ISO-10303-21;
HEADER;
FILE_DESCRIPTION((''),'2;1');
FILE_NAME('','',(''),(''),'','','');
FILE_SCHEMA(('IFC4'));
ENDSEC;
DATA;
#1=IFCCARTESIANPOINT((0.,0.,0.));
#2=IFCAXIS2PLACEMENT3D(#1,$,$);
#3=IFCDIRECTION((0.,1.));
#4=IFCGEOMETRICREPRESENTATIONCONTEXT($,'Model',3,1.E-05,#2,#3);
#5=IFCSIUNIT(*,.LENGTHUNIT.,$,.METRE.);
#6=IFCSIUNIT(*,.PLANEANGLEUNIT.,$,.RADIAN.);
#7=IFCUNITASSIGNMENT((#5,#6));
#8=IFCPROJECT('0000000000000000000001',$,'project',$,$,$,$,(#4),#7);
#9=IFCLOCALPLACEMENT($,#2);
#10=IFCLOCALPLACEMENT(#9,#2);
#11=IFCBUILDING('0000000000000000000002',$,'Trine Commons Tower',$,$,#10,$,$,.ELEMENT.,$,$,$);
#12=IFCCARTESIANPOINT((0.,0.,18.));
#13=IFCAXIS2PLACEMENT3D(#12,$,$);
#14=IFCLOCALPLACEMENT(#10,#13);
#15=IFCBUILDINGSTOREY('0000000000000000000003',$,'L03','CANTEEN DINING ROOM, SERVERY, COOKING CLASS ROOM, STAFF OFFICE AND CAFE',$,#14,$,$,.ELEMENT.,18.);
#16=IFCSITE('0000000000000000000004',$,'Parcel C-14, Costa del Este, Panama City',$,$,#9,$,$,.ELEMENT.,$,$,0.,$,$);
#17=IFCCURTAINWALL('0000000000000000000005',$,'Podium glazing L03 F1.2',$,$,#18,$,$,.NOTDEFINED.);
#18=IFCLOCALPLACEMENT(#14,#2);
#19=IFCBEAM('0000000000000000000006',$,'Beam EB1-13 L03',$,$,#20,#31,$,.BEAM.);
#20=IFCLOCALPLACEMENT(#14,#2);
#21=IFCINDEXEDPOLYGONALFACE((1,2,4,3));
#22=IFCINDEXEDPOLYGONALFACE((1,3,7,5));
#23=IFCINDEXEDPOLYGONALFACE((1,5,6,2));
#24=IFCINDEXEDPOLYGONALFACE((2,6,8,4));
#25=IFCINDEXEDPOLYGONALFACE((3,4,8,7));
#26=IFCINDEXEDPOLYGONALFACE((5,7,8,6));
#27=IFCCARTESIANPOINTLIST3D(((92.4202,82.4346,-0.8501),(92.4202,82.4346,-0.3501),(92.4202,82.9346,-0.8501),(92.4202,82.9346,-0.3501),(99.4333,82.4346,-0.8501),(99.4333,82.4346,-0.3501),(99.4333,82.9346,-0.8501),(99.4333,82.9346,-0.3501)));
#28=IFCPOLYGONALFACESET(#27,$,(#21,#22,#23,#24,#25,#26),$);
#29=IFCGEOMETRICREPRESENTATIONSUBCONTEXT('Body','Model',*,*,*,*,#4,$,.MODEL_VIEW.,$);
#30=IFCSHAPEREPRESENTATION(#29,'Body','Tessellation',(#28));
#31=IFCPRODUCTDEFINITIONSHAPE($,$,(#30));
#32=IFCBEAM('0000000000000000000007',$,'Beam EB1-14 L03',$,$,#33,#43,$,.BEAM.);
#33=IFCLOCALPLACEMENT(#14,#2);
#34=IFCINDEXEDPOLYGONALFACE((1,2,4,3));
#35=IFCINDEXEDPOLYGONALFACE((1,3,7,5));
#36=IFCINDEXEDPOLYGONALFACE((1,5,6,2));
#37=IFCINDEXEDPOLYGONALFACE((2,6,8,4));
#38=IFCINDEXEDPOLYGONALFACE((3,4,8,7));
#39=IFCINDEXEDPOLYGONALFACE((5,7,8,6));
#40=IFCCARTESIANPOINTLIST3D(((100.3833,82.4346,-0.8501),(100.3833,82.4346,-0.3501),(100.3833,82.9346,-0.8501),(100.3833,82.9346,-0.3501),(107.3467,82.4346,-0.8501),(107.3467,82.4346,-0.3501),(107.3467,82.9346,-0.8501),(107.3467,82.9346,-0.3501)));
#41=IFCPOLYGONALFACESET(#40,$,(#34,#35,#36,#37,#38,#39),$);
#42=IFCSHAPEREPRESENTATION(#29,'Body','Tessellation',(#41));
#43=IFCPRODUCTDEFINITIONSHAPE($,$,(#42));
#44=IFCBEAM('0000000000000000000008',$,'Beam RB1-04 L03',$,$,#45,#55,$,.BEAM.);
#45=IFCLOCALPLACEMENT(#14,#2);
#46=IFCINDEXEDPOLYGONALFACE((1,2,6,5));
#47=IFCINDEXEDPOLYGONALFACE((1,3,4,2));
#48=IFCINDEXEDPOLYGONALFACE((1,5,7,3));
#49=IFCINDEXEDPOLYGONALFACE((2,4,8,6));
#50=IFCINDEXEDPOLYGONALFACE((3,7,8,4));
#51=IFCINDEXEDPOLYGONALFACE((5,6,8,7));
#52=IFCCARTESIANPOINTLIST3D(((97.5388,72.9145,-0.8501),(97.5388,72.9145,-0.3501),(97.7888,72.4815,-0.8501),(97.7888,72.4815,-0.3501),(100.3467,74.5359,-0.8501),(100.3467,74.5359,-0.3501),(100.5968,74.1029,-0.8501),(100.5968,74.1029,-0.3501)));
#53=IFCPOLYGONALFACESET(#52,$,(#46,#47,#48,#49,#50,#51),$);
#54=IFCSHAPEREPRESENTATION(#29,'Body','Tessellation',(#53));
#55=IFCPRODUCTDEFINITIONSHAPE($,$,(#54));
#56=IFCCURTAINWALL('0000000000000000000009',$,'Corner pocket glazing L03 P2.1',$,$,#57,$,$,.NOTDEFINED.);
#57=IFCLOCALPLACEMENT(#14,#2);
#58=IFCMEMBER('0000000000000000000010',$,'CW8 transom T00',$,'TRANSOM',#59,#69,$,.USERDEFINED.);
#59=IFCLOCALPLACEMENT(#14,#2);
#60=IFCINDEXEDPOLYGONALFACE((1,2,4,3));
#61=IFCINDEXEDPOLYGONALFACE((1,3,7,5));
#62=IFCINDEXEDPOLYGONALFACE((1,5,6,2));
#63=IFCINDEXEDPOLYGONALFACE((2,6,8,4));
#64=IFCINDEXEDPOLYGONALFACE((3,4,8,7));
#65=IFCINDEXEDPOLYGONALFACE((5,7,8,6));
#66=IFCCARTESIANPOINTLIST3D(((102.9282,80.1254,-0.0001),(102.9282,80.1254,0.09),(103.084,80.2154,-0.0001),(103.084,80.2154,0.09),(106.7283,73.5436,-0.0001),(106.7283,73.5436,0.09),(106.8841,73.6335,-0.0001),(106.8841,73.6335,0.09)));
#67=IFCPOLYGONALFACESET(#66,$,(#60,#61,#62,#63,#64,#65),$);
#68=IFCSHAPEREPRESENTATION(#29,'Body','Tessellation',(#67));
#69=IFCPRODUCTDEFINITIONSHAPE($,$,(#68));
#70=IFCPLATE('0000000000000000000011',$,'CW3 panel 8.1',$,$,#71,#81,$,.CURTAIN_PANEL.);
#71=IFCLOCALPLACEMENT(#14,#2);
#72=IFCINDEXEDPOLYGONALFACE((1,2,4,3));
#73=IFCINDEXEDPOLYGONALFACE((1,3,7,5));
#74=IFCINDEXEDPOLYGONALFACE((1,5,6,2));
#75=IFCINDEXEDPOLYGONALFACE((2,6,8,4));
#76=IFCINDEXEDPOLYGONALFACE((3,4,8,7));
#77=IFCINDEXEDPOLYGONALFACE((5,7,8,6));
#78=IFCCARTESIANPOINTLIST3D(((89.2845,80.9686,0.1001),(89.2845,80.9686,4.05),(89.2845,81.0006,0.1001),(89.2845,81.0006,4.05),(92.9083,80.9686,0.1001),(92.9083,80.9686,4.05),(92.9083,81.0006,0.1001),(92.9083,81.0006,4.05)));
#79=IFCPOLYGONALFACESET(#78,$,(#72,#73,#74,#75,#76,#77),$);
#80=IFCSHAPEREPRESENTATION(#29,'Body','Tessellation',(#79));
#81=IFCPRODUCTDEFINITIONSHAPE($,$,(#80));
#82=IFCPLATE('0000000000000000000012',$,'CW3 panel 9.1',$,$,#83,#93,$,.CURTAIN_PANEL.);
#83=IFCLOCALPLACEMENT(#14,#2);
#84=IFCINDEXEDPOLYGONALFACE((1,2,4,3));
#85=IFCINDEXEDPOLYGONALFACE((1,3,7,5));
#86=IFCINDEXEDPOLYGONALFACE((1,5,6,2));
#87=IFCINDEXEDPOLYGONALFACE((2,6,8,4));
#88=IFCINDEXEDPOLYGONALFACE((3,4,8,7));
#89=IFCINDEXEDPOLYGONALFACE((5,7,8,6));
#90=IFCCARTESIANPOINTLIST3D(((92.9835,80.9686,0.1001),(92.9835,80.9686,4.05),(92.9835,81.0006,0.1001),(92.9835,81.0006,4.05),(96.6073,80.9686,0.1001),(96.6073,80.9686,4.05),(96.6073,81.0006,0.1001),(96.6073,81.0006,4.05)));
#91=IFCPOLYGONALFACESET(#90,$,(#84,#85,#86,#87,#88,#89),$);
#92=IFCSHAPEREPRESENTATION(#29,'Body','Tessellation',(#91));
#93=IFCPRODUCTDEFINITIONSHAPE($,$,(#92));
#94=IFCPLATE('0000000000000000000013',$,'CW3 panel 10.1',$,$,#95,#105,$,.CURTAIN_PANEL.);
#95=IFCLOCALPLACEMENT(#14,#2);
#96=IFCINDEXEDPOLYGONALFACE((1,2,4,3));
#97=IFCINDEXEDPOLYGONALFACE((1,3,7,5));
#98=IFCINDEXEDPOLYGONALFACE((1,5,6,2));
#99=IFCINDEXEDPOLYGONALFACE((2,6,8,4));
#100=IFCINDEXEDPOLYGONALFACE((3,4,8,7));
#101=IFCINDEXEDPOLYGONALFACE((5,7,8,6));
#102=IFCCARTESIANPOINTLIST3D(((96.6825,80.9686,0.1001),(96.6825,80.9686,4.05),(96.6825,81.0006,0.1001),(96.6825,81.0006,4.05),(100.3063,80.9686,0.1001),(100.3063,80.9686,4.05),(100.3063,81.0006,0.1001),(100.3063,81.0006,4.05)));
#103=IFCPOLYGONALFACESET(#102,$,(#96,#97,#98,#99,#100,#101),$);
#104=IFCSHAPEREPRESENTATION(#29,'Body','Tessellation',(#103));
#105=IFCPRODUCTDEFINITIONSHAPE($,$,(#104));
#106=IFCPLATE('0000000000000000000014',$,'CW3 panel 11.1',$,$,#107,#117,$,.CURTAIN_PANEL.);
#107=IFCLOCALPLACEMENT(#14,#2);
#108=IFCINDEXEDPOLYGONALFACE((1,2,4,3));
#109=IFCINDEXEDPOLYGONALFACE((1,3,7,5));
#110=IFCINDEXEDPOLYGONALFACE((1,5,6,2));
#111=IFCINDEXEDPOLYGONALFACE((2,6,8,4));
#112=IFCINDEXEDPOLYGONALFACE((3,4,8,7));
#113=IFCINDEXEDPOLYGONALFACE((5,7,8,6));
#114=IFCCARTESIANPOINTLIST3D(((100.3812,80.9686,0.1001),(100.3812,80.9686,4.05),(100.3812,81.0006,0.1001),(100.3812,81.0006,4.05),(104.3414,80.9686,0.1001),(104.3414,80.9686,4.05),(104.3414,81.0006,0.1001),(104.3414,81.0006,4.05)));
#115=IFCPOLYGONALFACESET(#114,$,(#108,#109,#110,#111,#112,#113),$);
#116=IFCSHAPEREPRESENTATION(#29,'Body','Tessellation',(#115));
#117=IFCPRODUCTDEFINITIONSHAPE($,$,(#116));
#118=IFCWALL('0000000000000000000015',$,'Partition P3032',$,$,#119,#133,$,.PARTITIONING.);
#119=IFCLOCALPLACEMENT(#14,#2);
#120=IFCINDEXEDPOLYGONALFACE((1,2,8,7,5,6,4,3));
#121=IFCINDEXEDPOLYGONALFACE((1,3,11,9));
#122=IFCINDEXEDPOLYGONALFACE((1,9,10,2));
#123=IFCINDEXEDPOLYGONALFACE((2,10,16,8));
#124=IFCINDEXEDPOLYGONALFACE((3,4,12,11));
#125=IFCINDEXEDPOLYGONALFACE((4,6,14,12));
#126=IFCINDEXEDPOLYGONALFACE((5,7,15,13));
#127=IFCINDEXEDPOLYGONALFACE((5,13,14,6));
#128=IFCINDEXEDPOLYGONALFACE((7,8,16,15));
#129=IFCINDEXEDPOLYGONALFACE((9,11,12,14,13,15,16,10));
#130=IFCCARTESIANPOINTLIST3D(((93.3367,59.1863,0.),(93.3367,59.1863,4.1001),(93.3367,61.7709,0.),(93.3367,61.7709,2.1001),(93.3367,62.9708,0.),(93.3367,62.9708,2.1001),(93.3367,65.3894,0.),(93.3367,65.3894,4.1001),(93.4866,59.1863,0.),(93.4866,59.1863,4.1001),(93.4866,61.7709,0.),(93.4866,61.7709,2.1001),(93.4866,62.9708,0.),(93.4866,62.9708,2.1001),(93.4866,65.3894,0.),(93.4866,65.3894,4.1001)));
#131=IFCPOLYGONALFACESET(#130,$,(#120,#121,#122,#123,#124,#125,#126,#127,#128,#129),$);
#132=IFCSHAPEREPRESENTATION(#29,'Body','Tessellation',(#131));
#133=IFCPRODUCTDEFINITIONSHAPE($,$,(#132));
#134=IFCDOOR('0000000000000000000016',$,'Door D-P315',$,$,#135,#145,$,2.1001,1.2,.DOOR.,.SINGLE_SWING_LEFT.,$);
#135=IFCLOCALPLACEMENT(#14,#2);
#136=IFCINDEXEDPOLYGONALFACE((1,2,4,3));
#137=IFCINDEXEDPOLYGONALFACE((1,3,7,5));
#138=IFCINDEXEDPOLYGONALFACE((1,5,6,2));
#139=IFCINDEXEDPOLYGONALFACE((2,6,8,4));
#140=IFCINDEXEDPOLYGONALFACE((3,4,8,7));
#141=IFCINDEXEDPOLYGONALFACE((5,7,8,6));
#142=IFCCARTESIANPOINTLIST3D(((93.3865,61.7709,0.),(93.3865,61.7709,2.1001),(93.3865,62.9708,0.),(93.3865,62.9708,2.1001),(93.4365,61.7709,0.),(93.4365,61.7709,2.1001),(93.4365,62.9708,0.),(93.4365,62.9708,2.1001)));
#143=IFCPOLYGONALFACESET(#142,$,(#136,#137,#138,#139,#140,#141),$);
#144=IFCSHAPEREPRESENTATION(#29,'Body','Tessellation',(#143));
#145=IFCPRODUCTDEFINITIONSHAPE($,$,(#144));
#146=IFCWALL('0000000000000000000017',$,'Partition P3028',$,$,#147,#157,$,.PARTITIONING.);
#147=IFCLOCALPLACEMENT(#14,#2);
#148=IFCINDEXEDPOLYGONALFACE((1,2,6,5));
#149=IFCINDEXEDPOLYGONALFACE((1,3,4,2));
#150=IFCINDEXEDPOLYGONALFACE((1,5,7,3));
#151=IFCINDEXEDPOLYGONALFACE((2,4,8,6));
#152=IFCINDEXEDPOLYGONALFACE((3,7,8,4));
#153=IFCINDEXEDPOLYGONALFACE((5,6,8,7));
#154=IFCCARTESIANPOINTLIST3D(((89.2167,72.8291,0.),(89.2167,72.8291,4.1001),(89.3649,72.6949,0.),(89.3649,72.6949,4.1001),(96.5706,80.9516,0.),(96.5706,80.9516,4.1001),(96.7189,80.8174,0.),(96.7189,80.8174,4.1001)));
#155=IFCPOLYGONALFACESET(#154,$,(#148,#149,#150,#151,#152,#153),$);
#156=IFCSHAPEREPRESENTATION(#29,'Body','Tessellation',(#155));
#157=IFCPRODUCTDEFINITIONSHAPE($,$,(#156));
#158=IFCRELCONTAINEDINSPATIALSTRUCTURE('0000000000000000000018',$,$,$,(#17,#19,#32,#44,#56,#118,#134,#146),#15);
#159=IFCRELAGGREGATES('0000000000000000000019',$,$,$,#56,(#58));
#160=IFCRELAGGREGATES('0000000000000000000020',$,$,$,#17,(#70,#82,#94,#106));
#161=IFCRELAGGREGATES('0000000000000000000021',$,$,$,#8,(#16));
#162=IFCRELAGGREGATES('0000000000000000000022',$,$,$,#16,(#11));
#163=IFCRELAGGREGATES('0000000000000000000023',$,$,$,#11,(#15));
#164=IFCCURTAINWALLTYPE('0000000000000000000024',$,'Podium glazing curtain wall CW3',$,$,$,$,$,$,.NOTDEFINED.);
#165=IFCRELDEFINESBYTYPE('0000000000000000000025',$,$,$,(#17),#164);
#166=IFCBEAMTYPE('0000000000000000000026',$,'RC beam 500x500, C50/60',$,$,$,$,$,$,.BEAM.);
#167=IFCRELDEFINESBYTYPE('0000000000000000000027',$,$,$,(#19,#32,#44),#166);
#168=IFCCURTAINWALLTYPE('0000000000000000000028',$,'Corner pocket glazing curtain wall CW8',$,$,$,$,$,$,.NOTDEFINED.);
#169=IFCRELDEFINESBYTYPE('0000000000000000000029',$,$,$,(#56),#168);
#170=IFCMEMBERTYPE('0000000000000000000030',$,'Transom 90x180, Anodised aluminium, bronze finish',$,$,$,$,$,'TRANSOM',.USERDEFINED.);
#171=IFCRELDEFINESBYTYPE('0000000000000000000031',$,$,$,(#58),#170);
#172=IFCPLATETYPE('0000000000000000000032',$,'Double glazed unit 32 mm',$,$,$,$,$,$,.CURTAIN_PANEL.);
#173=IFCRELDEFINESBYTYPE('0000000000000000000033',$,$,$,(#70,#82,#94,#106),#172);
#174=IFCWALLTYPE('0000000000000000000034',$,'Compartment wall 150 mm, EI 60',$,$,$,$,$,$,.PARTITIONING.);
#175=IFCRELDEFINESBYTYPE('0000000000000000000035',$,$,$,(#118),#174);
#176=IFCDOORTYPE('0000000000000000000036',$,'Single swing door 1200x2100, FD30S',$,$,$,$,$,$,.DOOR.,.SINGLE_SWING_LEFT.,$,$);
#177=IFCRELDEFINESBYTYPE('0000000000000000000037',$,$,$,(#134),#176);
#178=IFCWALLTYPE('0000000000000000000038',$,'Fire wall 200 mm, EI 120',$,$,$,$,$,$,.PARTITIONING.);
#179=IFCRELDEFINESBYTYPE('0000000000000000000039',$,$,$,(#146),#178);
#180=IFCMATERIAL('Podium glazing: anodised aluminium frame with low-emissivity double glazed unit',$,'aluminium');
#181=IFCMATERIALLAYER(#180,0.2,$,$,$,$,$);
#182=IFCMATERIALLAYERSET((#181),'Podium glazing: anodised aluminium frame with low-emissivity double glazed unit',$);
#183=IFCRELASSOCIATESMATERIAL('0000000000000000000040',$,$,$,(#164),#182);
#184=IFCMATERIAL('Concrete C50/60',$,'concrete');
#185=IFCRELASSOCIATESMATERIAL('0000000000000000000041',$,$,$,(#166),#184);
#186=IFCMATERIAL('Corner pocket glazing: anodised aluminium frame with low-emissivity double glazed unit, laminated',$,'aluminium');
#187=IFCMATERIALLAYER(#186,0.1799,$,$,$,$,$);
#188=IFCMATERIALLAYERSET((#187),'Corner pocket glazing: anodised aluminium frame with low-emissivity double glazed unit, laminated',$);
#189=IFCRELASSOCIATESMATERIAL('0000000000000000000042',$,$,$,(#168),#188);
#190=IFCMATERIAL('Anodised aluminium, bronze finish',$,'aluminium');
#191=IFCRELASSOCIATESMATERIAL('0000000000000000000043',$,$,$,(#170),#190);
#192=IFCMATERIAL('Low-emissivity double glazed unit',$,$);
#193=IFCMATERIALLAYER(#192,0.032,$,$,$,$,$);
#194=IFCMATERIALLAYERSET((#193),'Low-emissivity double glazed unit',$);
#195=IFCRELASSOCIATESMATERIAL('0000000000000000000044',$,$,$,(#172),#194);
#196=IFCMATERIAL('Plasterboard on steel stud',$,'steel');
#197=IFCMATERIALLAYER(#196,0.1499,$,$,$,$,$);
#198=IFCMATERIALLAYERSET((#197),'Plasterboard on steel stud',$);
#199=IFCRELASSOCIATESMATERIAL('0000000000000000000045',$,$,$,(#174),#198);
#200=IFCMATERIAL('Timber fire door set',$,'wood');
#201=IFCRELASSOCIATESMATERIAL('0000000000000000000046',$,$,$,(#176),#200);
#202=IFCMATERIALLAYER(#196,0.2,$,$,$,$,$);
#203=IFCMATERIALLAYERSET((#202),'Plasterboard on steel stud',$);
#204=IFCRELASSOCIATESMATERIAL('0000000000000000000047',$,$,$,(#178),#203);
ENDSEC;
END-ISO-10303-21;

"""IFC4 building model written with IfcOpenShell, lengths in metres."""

from ifc_helpers import new_model, si_unit, direction, frame, frame_2d, origin, origin_2d, place, context, subcontext, project, spatial, rectangle, extrude, material, layer, layer_set, material_profile, profile_set, type_object, element, fill, aggregate, save


model = new_model("IFC4")

# Units and contexts
model_context = context("Model", 3, precision=1e-05, world=origin(), true_north=direction((0.0, 1.0)))
body_context = subcontext(model_context, "Body", "Model", "MODEL_VIEW")
ifc_project = project(units=[si_unit("LENGTHUNIT", "METRE"), si_unit("PLANEANGLEUNIT", "RADIAN")], contexts=[model_context])

# Site, building, storey
site_placement = place(None, origin())
site = spatial("IfcSite", under=ifc_project, at=site_placement, Name="Parcel C-14, Costa del Este, Panama City", CompositionType="ELEMENT", RefElevation=0.0)
building_placement = place(site_placement, origin())
building = spatial("IfcBuilding", under=site, at=building_placement, Name="Trine Commons Tower", CompositionType="ELEMENT")
storey_placement = place(building_placement, frame((0.0, 0.0, 18.0)))
storey = spatial("IfcBuildingStorey", under=building, at=storey_placement, Name="L03", Description="CANTEEN DINING ROOM, SERVERY, COOKING CLASS ROOM, STAFF OFFICE AND CAFE", CompositionType="ELEMENT", Elevation=18.0)

# Curtain wall
ifc_material_1 = material(Name="Podium glazing: anodised aluminium frame with low-emissivity double glazed unit", Category="aluminium")
ifc_layer_1 = layer(ifc_material_1, 0.2)
ifc_layer_set_1 = layer_set([ifc_layer_1], Name="Podium glazing: anodised aluminium frame with low-emissivity double glazed unit")
curtain_wall_type_1 = type_object("IfcCurtainWallType", Name="Podium glazing curtain wall CW3", PredefinedType="NOTDEFINED", material=ifc_layer_set_1)
curtain_wall_1_placement = place(storey_placement, origin())
curtain_wall_1 = element("IfcCurtainWall", 1, at=curtain_wall_1_placement, inside=storey, type_object=curtain_wall_type_1, Name="Podium glazing L03 F1.2", PredefinedType="NOTDEFINED")
ifc_material_2 = material(Name="Anodised aluminium, bronze finish", Category="aluminium")

# Beams
ifc_material_3 = material(Name="Concrete C50/60", Category="concrete")
ifc_material_profile_1 = material_profile(ifc_material_3, rectangle(XDim=0.5, YDim=0.5, at=origin_2d()), Name="RC 500x500")
ifc_profile_set_1 = profile_set([ifc_material_profile_1], Name="Concrete C50/60")
beam_type = type_object("IfcBeamType", Name="RC beam 500x500, C50/60", PredefinedType="BEAM", material=ifc_profile_set_1)
beam_1_placement = place(storey_placement, frame((92.4202, 82.6846, -0.6001), z_axis=(1.0, 0.0, 0.0), x_axis=(0.0, 1.0, 0.0)))
element("IfcBeam", 2, at=beam_1_placement, inside=storey, type_object=beam_type, Name="Beam EB1-13 L03", PredefinedType="BEAM", context=body_context, shape_type="SweptSolid", body=[
    extrude(rectangle(XDim=0.5, YDim=0.5, at=origin_2d()), origin(), (0.0, 0.0, 1.0), 7.0132),
])
beam_2_placement = place(storey_placement, frame((100.3833, 82.6846, -0.6001), z_axis=(1.0, 0.0, 0.0), x_axis=(0.0, 1.0, 0.0)))
element("IfcBeam", 3, at=beam_2_placement, inside=storey, type_object=beam_type, Name="Beam EB1-14 L03", PredefinedType="BEAM", context=body_context, shape_type="SweptSolid", body=[
    extrude(rectangle(XDim=0.5, YDim=0.5, at=origin_2d()), origin(), (0.0, 0.0, 1.0), 6.9634),
])
beam_3_placement = place(storey_placement, frame((97.6638, 72.698, -0.6001), z_axis=(0.865996, 0.500051, 0.0), x_axis=(-0.500051, 0.865996, 0.0)))
element("IfcBeam", 4, at=beam_3_placement, inside=storey, type_object=beam_type, Name="Beam RB1-04 L03", PredefinedType="BEAM", context=body_context, shape_type="SweptSolid", body=[
    extrude(rectangle(XDim=0.5, YDim=0.5, at=origin_2d()), origin(), (0.0, 0.0, 1.0), 3.2424),
])

# Curtain wall, member
ifc_material_4 = material(Name="Corner pocket glazing: anodised aluminium frame with low-emissivity double glazed unit, laminated", Category="aluminium")
ifc_layer_2 = layer(ifc_material_4, 0.1799)
ifc_layer_set_2 = layer_set([ifc_layer_2], Name="Corner pocket glazing: anodised aluminium frame with low-emissivity double glazed unit, laminated")
curtain_wall_type_2 = type_object("IfcCurtainWallType", Name="Corner pocket glazing curtain wall CW8", PredefinedType="NOTDEFINED", material=ifc_layer_set_2)
curtain_wall_2_placement = place(storey_placement, origin())
curtain_wall_2 = element("IfcCurtainWall", 5, at=curtain_wall_2_placement, inside=storey, type_object=curtain_wall_type_2, Name="Corner pocket glazing L03 P2.1", PredefinedType="NOTDEFINED")
ifc_material_profile_2 = material_profile(ifc_material_2, rectangle(XDim=0.1799, YDim=0.0901, at=origin_2d()), Name="Transom 90x180")
ifc_profile_set_2 = profile_set([ifc_material_profile_2], Name="Anodised aluminium, bronze finish")
member_type_1 = type_object("IfcMemberType", Name="Transom 90x180, Anodised aluminium, bronze finish", ElementType="TRANSOM", PredefinedType="USERDEFINED", material=ifc_profile_set_2)
member_1_placement = place(storey_placement, frame((103.0061, 80.1704, 0.0449), z_axis=(0.500005, -0.866022, 0.0), x_axis=(0.866022, 0.500005, 0.0)))
member_1 = element("IfcMember", 6, at=member_1_placement, type_object=member_type_1, Name="CW8 transom T00", ObjectType="TRANSOM", PredefinedType="USERDEFINED", context=body_context, shape_type="SweptSolid", body=[
    extrude(rectangle(XDim=0.1799, YDim=0.0901, at=origin_2d()), origin(), (0.0, 0.0, 1.0), 7.6001),
])
aggregate(curtain_wall_2, [member_1])

# Plates
ifc_material_5 = material(Name="Low-emissivity double glazed unit")
ifc_layer_3 = layer(ifc_material_5, 0.032)
ifc_layer_set_3 = layer_set([ifc_layer_3], Name="Low-emissivity double glazed unit")
plate_type = type_object("IfcPlateType", Name="Double glazed unit 32 mm", PredefinedType="CURTAIN_PANEL", material=ifc_layer_set_3)
plate_1_placement = place(storey_placement, frame((91.0964, 80.9846, 0.1001), z_axis=(0.0, 0.0, 1.0), x_axis=(1.0, 0.0, 0.0)))
plate_1 = element("IfcPlate", 7, at=plate_1_placement, type_object=plate_type, Name="CW3 panel 8.1", PredefinedType="CURTAIN_PANEL", context=body_context, shape_type="SweptSolid", body=[
    extrude(rectangle(XDim=3.6238, YDim=0.032, at=origin_2d()), origin(), (0.0, 0.0, 1.0), 3.95),
])
plate_2_placement = place(storey_placement, frame((94.7954, 80.9846, 0.1001), z_axis=(0.0, 0.0, 1.0), x_axis=(1.0, 0.0, 0.0)))
plate_2 = element("IfcPlate", 8, at=plate_2_placement, type_object=plate_type, Name="CW3 panel 9.1", PredefinedType="CURTAIN_PANEL", context=body_context, shape_type="SweptSolid", body=[
    extrude(rectangle(XDim=3.6238, YDim=0.032, at=origin_2d()), origin(), (0.0, 0.0, 1.0), 3.95),
])
plate_3_placement = place(storey_placement, frame((98.4944, 80.9846, 0.1001), z_axis=(0.0, 0.0, 1.0), x_axis=(1.0, 0.0, 0.0)))
plate_3 = element("IfcPlate", 9, at=plate_3_placement, type_object=plate_type, Name="CW3 panel 10.1", PredefinedType="CURTAIN_PANEL", context=body_context, shape_type="SweptSolid", body=[
    extrude(rectangle(XDim=3.6238, YDim=0.032, at=origin_2d()), origin(), (0.0, 0.0, 1.0), 3.95),
])
plate_4_placement = place(storey_placement, frame((102.3613, 80.9846, 0.1001), z_axis=(0.0, 0.0, 1.0), x_axis=(1.0, 0.0, 0.0)))
plate_4 = element("IfcPlate", 10, at=plate_4_placement, type_object=plate_type, Name="CW3 panel 11.1", PredefinedType="CURTAIN_PANEL", context=body_context, shape_type="SweptSolid", body=[
    extrude(rectangle(XDim=3.9602, YDim=0.032, at=origin_2d()), origin(), (0.0, 0.0, 1.0), 3.95),
])
aggregate(curtain_wall_1, [plate_1, plate_2, plate_3, plate_4])

# Wall, opening, door
ifc_material_6 = material(Name="Plasterboard on steel stud", Category="steel")
ifc_layer_4 = layer(ifc_material_6, 0.1499)
ifc_layer_set_4 = layer_set([ifc_layer_4], Name="Plasterboard on steel stud")
wall_type_1 = type_object("IfcWallType", Name="Compartment wall 150 mm, EI 60", PredefinedType="PARTITIONING", material=ifc_layer_set_4)
wall_1_placement = place(storey_placement, frame((93.4116, 65.3894, 0.0), z_axis=(0.0, 0.0, 1.0), x_axis=(0.0, -1.0, 0.0)))
wall_1 = element("IfcWall", 11, at=wall_1_placement, inside=storey, type_object=wall_type_1, Name="Partition P3032", PredefinedType="PARTITIONING", context=body_context, shape_type="SweptSolid", body=[
    extrude(rectangle(XDim=6.2031, YDim=0.1499, at=frame_2d((3.1016, 0.0))), origin(), (0.0, 0.0, 1.0), 4.1001),
])
opening_1_placement = place(wall_1_placement, frame((2.4185, 0.0, 0.0)))
opening_1 = element("IfcOpeningElement", 12, at=opening_1_placement, cuts=wall_1, PredefinedType="OPENING", context=body_context, shape_type="SweptSolid", body=[
    extrude(rectangle(XDim=1.2, YDim=2.1001, at=frame_2d((0.6001, 1.05))), frame((0.0, 0.085, 0.0), z_axis=(0.0, -1.0, 0.0), x_axis=(1.0, 0.0, 0.0)), (0.0, 0.0, 1.0), 0.1699),
])
ifc_material_7 = material(Name="Timber fire door set", Category="wood")
door_type_1 = type_object("IfcDoorType", Name="Single swing door 1200x2100, FD30S", OperationType="SINGLE_SWING_LEFT", PredefinedType="DOOR", material=ifc_material_7)
door_1_placement = place(opening_1_placement, origin())
door_1 = element("IfcDoor", 13, at=door_1_placement, inside=storey, type_object=door_type_1, Name="Door D-P315", OperationType="SINGLE_SWING_LEFT", OverallHeight=2.1001, OverallWidth=1.2, PredefinedType="DOOR", context=body_context, shape_type="SweptSolid", body=[
    extrude(rectangle(XDim=1.2, YDim=2.1001, at=frame_2d((0.6001, 1.05))), frame((0.0, 0.0249, 0.0), z_axis=(0.0, -1.0, 0.0), x_axis=(1.0, 0.0, 0.0)), (0.0, 0.0, 1.0), 0.05),
])
fill(opening_1, door_1)

# Wall
ifc_layer_5 = layer(ifc_material_6, 0.2)
ifc_layer_set_5 = layer_set([ifc_layer_5], Name="Plasterboard on steel stud")
wall_type_2 = type_object("IfcWallType", Name="Fire wall 200 mm, EI 120", PredefinedType="PARTITIONING", material=ifc_layer_set_5)
wall_2_placement = place(storey_placement, frame((89.2908, 72.762, 0.0), z_axis=(0.0, 0.0, 1.0), x_axis=(0.671165, 0.741308, 0.0)))
element("IfcWall", 14, at=wall_2_placement, inside=storey, type_object=wall_type_2, Name="Partition P3028", PredefinedType="PARTITIONING", context=body_context, shape_type="SweptSolid", body=[
    extrude(rectangle(XDim=10.957, YDim=0.2, at=frame_2d((5.4785, 0.0))), origin(), (0.0, 0.0, 1.0), 4.1001),
])

save(model, "model.ifc")
